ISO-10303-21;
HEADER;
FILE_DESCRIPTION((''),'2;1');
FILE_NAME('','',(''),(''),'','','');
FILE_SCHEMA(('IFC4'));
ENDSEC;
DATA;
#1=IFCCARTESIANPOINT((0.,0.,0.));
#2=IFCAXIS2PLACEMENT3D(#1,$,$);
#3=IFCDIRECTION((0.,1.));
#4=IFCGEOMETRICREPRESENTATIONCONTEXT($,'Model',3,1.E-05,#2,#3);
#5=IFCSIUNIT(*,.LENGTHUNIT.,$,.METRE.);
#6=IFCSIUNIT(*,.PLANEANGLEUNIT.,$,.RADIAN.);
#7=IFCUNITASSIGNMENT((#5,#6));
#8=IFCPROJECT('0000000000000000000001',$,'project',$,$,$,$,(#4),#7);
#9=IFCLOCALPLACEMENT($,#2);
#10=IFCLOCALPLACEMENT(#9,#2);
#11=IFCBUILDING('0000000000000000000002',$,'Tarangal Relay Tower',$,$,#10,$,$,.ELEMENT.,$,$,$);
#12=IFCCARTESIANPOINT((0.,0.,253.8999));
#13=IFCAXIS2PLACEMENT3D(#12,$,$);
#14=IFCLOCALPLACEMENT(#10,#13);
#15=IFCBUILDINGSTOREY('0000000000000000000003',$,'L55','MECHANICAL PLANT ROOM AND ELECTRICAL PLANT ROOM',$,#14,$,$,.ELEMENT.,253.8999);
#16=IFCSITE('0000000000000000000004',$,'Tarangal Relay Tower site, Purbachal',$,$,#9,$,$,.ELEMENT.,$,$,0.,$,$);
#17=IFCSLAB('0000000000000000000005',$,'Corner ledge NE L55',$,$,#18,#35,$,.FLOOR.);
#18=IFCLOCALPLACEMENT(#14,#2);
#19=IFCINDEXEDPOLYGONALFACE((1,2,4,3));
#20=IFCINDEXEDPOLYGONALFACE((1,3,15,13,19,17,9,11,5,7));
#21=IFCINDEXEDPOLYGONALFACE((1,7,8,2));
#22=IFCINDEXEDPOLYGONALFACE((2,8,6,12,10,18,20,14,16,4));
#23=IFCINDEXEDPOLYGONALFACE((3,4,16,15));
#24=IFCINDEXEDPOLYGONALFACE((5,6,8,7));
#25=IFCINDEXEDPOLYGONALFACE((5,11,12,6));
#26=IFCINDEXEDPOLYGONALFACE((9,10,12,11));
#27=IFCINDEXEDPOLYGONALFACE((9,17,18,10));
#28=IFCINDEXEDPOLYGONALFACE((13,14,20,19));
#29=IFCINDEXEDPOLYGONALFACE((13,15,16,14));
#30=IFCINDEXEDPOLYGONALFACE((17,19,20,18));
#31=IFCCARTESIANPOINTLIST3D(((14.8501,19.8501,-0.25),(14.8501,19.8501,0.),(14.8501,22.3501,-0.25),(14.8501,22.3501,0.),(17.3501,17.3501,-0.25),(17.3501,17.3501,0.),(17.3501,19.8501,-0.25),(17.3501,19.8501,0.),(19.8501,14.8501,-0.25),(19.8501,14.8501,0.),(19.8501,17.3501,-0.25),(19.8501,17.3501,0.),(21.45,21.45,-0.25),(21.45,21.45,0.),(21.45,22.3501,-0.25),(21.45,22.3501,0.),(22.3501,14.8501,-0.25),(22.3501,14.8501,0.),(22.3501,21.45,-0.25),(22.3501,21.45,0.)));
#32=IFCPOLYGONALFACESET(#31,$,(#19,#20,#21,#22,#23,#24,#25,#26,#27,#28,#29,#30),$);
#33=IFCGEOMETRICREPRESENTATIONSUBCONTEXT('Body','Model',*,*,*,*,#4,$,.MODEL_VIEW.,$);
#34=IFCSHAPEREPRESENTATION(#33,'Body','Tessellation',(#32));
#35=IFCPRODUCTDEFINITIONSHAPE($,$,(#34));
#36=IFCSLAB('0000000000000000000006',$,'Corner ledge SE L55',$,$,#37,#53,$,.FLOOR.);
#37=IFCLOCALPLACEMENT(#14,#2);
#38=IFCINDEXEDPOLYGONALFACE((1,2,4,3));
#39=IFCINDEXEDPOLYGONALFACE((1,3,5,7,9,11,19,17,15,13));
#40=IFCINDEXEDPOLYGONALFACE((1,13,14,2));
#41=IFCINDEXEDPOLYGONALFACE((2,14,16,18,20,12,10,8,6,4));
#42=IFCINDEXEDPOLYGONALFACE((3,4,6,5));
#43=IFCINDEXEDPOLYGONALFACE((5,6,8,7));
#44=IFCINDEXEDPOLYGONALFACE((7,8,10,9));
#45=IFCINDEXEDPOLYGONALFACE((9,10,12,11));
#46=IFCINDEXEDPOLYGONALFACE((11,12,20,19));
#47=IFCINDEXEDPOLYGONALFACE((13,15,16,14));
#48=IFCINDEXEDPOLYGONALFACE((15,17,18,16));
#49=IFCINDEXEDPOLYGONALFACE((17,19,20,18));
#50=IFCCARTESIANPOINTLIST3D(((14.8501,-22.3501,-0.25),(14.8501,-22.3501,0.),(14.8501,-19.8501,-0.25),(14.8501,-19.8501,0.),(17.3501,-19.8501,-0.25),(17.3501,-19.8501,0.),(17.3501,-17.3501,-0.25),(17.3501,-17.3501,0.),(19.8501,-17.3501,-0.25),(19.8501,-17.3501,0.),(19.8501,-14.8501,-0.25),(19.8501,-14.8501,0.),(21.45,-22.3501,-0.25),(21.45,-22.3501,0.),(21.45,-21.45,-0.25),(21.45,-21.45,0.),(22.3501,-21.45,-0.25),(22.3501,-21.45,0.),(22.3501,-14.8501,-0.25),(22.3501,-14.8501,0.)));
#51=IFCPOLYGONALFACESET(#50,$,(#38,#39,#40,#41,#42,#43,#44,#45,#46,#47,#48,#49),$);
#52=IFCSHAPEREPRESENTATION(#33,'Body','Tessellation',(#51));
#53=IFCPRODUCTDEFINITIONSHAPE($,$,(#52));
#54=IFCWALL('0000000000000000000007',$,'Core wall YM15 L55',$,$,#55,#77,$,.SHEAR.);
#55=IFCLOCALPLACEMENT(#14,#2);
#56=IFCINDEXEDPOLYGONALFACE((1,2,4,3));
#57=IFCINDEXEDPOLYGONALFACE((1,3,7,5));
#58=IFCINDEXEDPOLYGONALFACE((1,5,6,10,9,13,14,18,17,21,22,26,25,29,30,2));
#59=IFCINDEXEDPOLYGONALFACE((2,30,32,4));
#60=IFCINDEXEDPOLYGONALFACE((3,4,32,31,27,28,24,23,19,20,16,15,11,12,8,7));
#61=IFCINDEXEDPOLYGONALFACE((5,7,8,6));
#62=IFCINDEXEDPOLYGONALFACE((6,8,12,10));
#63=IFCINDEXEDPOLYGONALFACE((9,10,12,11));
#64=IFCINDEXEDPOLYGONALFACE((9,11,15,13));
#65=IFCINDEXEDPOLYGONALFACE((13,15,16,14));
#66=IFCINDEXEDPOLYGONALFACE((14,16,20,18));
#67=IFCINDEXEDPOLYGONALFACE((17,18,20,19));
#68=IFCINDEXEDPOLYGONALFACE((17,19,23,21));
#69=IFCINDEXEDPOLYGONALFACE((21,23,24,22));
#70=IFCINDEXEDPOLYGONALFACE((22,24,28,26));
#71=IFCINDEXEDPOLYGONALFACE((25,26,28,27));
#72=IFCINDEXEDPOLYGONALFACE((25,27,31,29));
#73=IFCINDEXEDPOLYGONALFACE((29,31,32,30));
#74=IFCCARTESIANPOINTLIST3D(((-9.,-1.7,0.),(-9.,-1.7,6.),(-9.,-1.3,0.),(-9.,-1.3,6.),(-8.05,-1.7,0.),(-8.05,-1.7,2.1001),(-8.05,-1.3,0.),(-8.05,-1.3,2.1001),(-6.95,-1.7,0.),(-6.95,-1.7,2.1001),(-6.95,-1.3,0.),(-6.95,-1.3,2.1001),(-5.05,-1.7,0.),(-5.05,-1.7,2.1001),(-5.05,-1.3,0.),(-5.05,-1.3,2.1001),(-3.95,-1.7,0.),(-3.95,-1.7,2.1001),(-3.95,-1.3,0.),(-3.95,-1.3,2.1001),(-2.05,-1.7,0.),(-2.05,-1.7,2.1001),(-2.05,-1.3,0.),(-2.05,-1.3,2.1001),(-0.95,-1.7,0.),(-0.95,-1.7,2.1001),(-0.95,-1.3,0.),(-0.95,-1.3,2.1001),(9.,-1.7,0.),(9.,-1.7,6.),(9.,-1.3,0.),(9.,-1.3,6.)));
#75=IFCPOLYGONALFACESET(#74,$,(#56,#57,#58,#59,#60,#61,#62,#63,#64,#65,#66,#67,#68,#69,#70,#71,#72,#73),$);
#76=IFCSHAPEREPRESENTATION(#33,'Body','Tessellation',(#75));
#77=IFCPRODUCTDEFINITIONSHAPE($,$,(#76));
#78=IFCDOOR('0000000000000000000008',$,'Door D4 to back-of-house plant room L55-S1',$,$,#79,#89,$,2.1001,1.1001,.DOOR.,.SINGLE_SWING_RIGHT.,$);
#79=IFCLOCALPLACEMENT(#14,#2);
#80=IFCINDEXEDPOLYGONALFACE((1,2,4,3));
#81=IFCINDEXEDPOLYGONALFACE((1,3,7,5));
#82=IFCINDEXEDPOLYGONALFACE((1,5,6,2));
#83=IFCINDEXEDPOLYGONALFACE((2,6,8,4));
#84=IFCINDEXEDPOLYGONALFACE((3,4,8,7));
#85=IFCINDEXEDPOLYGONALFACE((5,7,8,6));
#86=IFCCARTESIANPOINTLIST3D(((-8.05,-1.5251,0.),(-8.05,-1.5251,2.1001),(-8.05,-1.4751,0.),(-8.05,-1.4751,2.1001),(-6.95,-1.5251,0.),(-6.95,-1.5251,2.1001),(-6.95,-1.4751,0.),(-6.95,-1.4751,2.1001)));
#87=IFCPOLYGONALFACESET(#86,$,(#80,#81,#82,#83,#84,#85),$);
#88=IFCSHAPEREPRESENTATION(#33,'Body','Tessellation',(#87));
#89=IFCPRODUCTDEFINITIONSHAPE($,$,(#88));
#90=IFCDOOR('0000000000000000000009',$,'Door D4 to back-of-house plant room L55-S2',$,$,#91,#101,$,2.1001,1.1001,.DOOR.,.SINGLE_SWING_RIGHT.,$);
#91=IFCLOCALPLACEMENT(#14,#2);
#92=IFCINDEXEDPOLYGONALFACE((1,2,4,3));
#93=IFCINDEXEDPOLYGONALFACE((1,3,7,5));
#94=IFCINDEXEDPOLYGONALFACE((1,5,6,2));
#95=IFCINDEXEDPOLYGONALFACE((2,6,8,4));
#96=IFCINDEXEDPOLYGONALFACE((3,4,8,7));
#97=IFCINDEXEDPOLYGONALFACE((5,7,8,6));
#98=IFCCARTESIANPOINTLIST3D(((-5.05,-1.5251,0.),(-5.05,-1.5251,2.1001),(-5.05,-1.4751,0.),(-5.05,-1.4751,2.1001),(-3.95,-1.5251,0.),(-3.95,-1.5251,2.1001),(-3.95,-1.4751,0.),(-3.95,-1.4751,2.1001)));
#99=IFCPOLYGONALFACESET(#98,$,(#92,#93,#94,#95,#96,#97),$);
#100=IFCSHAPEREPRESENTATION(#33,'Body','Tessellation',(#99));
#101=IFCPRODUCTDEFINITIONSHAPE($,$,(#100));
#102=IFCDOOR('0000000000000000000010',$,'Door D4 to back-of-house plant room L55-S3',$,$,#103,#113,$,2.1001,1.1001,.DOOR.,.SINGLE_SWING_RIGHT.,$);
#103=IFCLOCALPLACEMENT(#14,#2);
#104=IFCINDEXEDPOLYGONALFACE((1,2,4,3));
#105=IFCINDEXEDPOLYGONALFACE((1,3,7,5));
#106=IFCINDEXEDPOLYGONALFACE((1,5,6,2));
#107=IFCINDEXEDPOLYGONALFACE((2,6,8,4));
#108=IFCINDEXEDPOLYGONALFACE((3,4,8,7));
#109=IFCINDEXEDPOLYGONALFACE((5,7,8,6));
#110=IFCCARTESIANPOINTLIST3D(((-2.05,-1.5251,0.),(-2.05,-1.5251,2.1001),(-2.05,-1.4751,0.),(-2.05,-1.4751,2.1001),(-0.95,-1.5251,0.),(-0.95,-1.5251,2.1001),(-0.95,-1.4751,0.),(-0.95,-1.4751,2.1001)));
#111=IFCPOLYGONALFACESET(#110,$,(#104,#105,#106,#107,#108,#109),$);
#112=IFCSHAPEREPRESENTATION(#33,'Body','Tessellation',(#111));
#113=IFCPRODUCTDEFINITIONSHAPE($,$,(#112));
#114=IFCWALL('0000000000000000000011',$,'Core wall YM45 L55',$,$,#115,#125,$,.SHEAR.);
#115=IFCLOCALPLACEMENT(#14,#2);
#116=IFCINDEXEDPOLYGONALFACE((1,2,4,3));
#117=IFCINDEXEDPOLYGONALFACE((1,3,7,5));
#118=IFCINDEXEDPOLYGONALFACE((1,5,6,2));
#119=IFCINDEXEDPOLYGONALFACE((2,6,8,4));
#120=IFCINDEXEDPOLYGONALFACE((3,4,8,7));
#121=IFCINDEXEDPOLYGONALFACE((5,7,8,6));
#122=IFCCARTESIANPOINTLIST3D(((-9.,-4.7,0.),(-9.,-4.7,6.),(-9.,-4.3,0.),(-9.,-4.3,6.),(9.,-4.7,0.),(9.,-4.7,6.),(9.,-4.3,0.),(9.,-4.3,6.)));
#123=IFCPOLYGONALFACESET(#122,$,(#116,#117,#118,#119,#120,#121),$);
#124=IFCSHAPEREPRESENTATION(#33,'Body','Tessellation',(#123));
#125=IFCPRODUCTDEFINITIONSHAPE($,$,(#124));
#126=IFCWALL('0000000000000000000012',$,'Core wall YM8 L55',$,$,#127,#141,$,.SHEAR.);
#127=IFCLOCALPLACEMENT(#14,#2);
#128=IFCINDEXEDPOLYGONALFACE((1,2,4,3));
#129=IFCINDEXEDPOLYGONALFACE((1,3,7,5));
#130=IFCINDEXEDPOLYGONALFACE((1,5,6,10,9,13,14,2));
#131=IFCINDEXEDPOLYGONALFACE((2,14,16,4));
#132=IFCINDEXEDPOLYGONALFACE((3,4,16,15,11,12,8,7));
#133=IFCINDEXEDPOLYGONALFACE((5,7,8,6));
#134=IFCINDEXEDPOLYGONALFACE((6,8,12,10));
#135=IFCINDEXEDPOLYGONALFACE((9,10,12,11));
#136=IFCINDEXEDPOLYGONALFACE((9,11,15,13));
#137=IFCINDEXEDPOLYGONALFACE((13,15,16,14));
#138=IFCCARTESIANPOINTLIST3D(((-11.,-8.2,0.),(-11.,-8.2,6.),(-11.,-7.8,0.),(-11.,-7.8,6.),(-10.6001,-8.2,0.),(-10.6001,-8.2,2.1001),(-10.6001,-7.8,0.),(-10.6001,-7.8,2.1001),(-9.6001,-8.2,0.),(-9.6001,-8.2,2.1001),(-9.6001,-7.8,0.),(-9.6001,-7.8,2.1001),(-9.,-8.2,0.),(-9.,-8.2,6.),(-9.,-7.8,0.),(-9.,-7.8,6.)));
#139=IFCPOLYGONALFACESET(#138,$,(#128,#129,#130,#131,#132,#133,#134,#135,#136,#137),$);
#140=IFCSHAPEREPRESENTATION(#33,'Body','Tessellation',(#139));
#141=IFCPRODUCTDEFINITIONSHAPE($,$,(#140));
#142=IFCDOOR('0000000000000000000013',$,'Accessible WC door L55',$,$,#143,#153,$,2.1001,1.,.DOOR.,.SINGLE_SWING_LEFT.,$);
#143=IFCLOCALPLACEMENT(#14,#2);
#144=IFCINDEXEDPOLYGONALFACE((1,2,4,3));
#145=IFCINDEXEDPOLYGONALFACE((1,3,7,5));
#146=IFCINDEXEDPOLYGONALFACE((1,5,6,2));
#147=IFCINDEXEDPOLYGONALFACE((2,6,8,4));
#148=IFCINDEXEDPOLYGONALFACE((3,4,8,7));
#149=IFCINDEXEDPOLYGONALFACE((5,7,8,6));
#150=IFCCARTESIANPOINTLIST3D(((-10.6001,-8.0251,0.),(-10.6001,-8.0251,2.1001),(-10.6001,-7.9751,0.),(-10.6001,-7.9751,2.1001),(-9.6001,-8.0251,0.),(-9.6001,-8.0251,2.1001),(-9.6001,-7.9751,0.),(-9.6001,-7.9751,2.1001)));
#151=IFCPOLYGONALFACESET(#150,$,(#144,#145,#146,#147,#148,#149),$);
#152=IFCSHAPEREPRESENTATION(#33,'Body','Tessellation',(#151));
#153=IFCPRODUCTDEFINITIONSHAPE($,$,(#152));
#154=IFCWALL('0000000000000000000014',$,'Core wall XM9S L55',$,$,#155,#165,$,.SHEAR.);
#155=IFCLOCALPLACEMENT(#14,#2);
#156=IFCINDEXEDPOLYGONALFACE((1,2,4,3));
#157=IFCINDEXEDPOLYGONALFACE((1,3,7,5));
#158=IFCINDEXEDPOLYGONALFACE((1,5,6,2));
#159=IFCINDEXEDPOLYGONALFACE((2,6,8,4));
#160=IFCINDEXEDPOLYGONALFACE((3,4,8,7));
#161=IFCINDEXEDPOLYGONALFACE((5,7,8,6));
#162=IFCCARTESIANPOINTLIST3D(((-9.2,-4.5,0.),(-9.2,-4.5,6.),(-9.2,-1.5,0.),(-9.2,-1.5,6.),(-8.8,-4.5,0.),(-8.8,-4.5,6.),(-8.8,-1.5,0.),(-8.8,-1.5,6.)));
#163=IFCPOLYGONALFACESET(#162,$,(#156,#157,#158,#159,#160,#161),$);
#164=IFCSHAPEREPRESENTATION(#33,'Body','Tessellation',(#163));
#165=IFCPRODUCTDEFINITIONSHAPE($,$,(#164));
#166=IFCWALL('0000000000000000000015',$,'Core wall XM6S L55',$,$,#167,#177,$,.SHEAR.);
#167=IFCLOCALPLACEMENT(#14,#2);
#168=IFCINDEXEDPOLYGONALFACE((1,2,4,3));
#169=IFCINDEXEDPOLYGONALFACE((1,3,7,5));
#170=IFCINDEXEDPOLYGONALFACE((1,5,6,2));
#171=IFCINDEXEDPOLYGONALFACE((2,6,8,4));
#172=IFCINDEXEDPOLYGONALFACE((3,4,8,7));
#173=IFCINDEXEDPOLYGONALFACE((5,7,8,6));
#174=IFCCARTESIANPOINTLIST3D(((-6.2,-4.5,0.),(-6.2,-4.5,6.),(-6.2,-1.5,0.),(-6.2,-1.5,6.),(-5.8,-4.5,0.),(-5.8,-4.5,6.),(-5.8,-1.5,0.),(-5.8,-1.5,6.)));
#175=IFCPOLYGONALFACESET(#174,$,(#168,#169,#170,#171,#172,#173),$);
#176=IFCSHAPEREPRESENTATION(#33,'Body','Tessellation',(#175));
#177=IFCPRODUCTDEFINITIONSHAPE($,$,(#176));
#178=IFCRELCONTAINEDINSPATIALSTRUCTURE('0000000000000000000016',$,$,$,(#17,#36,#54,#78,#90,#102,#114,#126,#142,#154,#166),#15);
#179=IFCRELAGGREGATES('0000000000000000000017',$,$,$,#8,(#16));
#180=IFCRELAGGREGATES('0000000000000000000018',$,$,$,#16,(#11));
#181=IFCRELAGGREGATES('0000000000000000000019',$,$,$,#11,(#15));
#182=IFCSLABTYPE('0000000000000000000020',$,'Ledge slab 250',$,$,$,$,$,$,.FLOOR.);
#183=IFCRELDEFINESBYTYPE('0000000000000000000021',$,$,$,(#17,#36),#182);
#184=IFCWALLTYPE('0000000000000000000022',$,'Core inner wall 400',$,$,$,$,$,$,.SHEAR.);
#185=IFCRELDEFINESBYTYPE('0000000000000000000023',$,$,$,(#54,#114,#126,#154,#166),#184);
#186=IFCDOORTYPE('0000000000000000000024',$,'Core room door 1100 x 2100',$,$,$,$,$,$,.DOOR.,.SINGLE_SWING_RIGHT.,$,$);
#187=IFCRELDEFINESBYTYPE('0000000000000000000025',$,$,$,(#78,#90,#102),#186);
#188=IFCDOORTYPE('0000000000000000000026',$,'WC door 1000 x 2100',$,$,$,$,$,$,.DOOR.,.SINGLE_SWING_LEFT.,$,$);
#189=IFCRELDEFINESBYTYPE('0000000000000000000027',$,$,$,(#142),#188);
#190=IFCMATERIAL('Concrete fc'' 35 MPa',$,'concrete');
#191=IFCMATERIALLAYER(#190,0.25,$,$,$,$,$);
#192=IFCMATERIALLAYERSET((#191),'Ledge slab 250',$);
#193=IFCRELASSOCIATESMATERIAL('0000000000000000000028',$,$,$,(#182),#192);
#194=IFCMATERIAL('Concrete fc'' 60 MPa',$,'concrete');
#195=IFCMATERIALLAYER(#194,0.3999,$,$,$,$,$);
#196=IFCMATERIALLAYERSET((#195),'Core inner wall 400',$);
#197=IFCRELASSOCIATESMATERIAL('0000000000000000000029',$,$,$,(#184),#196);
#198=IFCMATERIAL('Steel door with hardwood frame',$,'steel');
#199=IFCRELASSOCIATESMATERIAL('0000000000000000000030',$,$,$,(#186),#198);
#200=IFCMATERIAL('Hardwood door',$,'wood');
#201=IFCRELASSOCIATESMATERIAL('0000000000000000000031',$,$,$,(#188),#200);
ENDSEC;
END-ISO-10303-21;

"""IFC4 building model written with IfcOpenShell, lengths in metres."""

from ifc_helpers import new_model, si_unit, direction, frame, frame_2d, origin, place, context, subcontext, project, spatial, polyline, rectangle, outline, extrude, material, layer, layer_set, type_object, element, fill, save


model = new_model("IFC4")

# Units and contexts
model_context = context("Model", 3, precision=1e-05, world=origin(), true_north=direction((0.0, 1.0)))
body_context = subcontext(model_context, "Body", "Model", "MODEL_VIEW")
ifc_project = project(units=[si_unit("LENGTHUNIT", "METRE"), si_unit("PLANEANGLEUNIT", "RADIAN")], contexts=[model_context])

# Site, building, storey
site_placement = place(None, origin())
site = spatial("IfcSite", under=ifc_project, at=site_placement, Name="Tarangal Relay Tower site, Purbachal", CompositionType="ELEMENT", RefElevation=0.0)
building_placement = place(site_placement, origin())
building = spatial("IfcBuilding", under=site, at=building_placement, Name="Tarangal Relay Tower", CompositionType="ELEMENT")
storey_placement = place(building_placement, frame((0.0, 0.0, 253.8999)))
storey = spatial("IfcBuildingStorey", under=building, at=storey_placement, Name="L55", Description="MECHANICAL PLANT ROOM AND ELECTRICAL PLANT ROOM", CompositionType="ELEMENT", Elevation=253.8999)

# Slabs
ifc_material_1 = material(Name="Concrete fc' 35 MPa", Category="concrete")
ifc_layer_1 = layer(ifc_material_1, 0.25)
ifc_layer_set_1 = layer_set([ifc_layer_1], Name="Ledge slab 250")
slab_type_1 = type_object("IfcSlabType", Name="Ledge slab 250", PredefinedType="FLOOR", material=ifc_layer_set_1)
slab_1_placement = place(storey_placement, frame((0.0, 0.0, -0.25)))
element("IfcSlab", 1, at=slab_1_placement, inside=storey, type_object=slab_type_1, Name="Corner ledge NE L55", PredefinedType="FLOOR", context=body_context, shape_type="SweptSolid", body=[
    extrude(outline(polyline([(14.8501, 22.3501), (14.8501, 19.8501), (17.3501, 19.8501), (17.3501, 17.3501), (19.8501, 17.3501), (19.8501, 14.8501), (22.3501, 14.8501), (22.3501, 21.45), (21.45, 21.45), (21.45, 22.3501), (14.8501, 22.3501)])), origin(), (0.0, 0.0, 1.0), 0.25),
])
slab_2_placement = place(storey_placement, frame((0.0, 0.0, -0.25)))
element("IfcSlab", 2, at=slab_2_placement, inside=storey, type_object=slab_type_1, Name="Corner ledge SE L55", PredefinedType="FLOOR", context=body_context, shape_type="SweptSolid", body=[
    extrude(outline(polyline([(22.3501, -14.8501), (19.8501, -14.8501), (19.8501, -17.3501), (17.3501, -17.3501), (17.3501, -19.8501), (14.8501, -19.8501), (14.8501, -22.3501), (21.45, -22.3501), (21.45, -21.45), (22.3501, -21.45), (22.3501, -14.8501)])), origin(), (0.0, 0.0, 1.0), 0.25),
])

# Wall, openings, doors
ifc_material_2 = material(Name="Concrete fc' 60 MPa", Category="concrete")
ifc_layer_2 = layer(ifc_material_2, 0.3999)
ifc_layer_set_2 = layer_set([ifc_layer_2], Name="Core inner wall 400")
wall_type = type_object("IfcWallType", Name="Core inner wall 400", PredefinedType="SHEAR", material=ifc_layer_set_2)
wall_1_placement = place(storey_placement, frame((-9.0, -1.5, 0.0), z_axis=(0.0, 0.0, 1.0), x_axis=(1.0, 0.0, 0.0)))
wall_1 = element("IfcWall", 3, at=wall_1_placement, inside=storey, type_object=wall_type, Name="Core wall YM15 L55", PredefinedType="SHEAR", context=body_context, shape_type="SweptSolid", body=[
    extrude(rectangle(XDim=18.0, YDim=0.3999, at=frame_2d((9.0, 0.0))), origin(), (0.0, 0.0, 1.0), 6.0),
])
opening_1_placement = place(wall_1_placement, frame((0.95, 0.0, 0.0)))
opening_1 = element("IfcOpeningElement", 4, at=opening_1_placement, cuts=wall_1, PredefinedType="OPENING", context=body_context, shape_type="SweptSolid", body=[
    extrude(rectangle(XDim=1.1001, YDim=2.1001, at=frame_2d((0.55, 1.05))), frame((0.0, 0.21, 0.0), z_axis=(0.0, -1.0, 0.0), x_axis=(1.0, 0.0, 0.0)), (0.0, 0.0, 1.0), 0.4199),
])
opening_2_placement = place(wall_1_placement, frame((3.95, 0.0, 0.0)))
opening_2 = element("IfcOpeningElement", 5, at=opening_2_placement, cuts=wall_1, PredefinedType="OPENING", context=body_context, shape_type="SweptSolid", body=[
    extrude(rectangle(XDim=1.1001, YDim=2.1001, at=frame_2d((0.55, 1.05))), frame((0.0, 0.21, 0.0), z_axis=(0.0, -1.0, 0.0), x_axis=(1.0, 0.0, 0.0)), (0.0, 0.0, 1.0), 0.4199),
])
opening_3_placement = place(wall_1_placement, frame((6.95, 0.0, 0.0)))
opening_3 = element("IfcOpeningElement", 6, at=opening_3_placement, cuts=wall_1, PredefinedType="OPENING", context=body_context, shape_type="SweptSolid", body=[
    extrude(rectangle(XDim=1.1001, YDim=2.1001, at=frame_2d((0.55, 1.05))), frame((0.0, 0.21, 0.0), z_axis=(0.0, -1.0, 0.0), x_axis=(1.0, 0.0, 0.0)), (0.0, 0.0, 1.0), 0.4199),
])
ifc_material_3 = material(Name="Steel door with hardwood frame", Category="steel")
door_type_1 = type_object("IfcDoorType", Name="Core room door 1100 x 2100", OperationType="SINGLE_SWING_RIGHT", PredefinedType="DOOR", material=ifc_material_3)
door_1_placement = place(opening_1_placement, origin())
door_1 = element("IfcDoor", 7, at=door_1_placement, inside=storey, type_object=door_type_1, Name="Door D4 to back-of-house plant room L55-S1", OperationType="SINGLE_SWING_RIGHT", OverallHeight=2.1001, OverallWidth=1.1001, PredefinedType="DOOR", context=body_context, shape_type="SweptSolid", body=[
    extrude(rectangle(XDim=1.1001, YDim=2.1001, at=frame_2d((0.55, 1.05))), frame((0.0, 0.0249, 0.0), z_axis=(0.0, -1.0, 0.0), x_axis=(1.0, 0.0, 0.0)), (0.0, 0.0, 1.0), 0.05),
])
fill(opening_1, door_1)
door_2_placement = place(opening_2_placement, origin())
door_2 = element("IfcDoor", 8, at=door_2_placement, inside=storey, type_object=door_type_1, Name="Door D4 to back-of-house plant room L55-S2", OperationType="SINGLE_SWING_RIGHT", OverallHeight=2.1001, OverallWidth=1.1001, PredefinedType="DOOR", context=body_context, shape_type="SweptSolid", body=[
    extrude(rectangle(XDim=1.1001, YDim=2.1001, at=frame_2d((0.55, 1.05))), frame((0.0, 0.0249, 0.0), z_axis=(0.0, -1.0, 0.0), x_axis=(1.0, 0.0, 0.0)), (0.0, 0.0, 1.0), 0.05),
])
fill(opening_2, door_2)
door_3_placement = place(opening_3_placement, origin())
door_3 = element("IfcDoor", 9, at=door_3_placement, inside=storey, type_object=door_type_1, Name="Door D4 to back-of-house plant room L55-S3", OperationType="SINGLE_SWING_RIGHT", OverallHeight=2.1001, OverallWidth=1.1001, PredefinedType="DOOR", context=body_context, shape_type="SweptSolid", body=[
    extrude(rectangle(XDim=1.1001, YDim=2.1001, at=frame_2d((0.55, 1.05))), frame((0.0, 0.0249, 0.0), z_axis=(0.0, -1.0, 0.0), x_axis=(1.0, 0.0, 0.0)), (0.0, 0.0, 1.0), 0.05),
])
fill(opening_3, door_3)

# Wall
wall_2_placement = place(storey_placement, frame((-9.0, -4.5, 0.0), z_axis=(0.0, 0.0, 1.0), x_axis=(1.0, 0.0, 0.0)))
element("IfcWall", 10, at=wall_2_placement, inside=storey, type_object=wall_type, Name="Core wall YM45 L55", PredefinedType="SHEAR", context=body_context, shape_type="SweptSolid", body=[
    extrude(rectangle(XDim=18.0, YDim=0.3999, at=frame_2d((9.0, 0.0))), origin(), (0.0, 0.0, 1.0), 6.0),
])

# Wall, opening, door
wall_3_placement = place(storey_placement, frame((-11.0, -8.0, 0.0), z_axis=(0.0, 0.0, 1.0), x_axis=(1.0, 0.0, 0.0)))
wall_3 = element("IfcWall", 11, at=wall_3_placement, inside=storey, type_object=wall_type, Name="Core wall YM8 L55", PredefinedType="SHEAR", context=body_context, shape_type="SweptSolid", body=[
    extrude(rectangle(XDim=2.0, YDim=0.3999, at=frame_2d((1.0, 0.0))), origin(), (0.0, 0.0, 1.0), 6.0),
])
opening_4_placement = place(wall_3_placement, frame((0.3999, 0.0, 0.0)))
opening_4 = element("IfcOpeningElement", 12, at=opening_4_placement, cuts=wall_3, PredefinedType="OPENING", context=body_context, shape_type="SweptSolid", body=[
    extrude(rectangle(XDim=1.0, YDim=2.1001, at=frame_2d((0.5, 1.05))), frame((0.0, 0.21, 0.0), z_axis=(0.0, -1.0, 0.0), x_axis=(1.0, 0.0, 0.0)), (0.0, 0.0, 1.0), 0.4199),
])
ifc_material_4 = material(Name="Hardwood door", Category="wood")
door_type_2 = type_object("IfcDoorType", Name="WC door 1000 x 2100", OperationType="SINGLE_SWING_LEFT", PredefinedType="DOOR", material=ifc_material_4)
door_4_placement = place(opening_4_placement, origin())
door_4 = element("IfcDoor", 13, at=door_4_placement, inside=storey, type_object=door_type_2, Name="Accessible WC door L55", OperationType="SINGLE_SWING_LEFT", OverallHeight=2.1001, OverallWidth=1.0, PredefinedType="DOOR", context=body_context, shape_type="SweptSolid", body=[
    extrude(rectangle(XDim=1.0, YDim=2.1001, at=frame_2d((0.5, 1.05))), frame((0.0, 0.0249, 0.0), z_axis=(0.0, -1.0, 0.0), x_axis=(1.0, 0.0, 0.0)), (0.0, 0.0, 1.0), 0.05),
])
fill(opening_4, door_4)

# Walls
for number, where, z_axis, x_axis, name in (
    (14, (-9.0, -4.5, 0.0), (0.0, 0.0, 1.0), (0.0, 1.0, 0.0), "Core wall XM9S L55"),
    (15, (-6.0, -4.5, 0.0), (0.0, 0.0, 1.0), (0.0, 1.0, 0.0), "Core wall XM6S L55"),
):
    element("IfcWall", number, at=place(storey_placement, frame(where, z_axis=z_axis, x_axis=x_axis)), inside=storey, type_object=wall_type, Name=name, PredefinedType="SHEAR", context=body_context, shape_type="SweptSolid", body=[
        extrude(rectangle(XDim=3.0, YDim=0.3999, at=frame_2d((1.5, 0.0))), origin(), (0.0, 0.0, 1.0), 6.0),
    ])

save(model, "model.ifc")
